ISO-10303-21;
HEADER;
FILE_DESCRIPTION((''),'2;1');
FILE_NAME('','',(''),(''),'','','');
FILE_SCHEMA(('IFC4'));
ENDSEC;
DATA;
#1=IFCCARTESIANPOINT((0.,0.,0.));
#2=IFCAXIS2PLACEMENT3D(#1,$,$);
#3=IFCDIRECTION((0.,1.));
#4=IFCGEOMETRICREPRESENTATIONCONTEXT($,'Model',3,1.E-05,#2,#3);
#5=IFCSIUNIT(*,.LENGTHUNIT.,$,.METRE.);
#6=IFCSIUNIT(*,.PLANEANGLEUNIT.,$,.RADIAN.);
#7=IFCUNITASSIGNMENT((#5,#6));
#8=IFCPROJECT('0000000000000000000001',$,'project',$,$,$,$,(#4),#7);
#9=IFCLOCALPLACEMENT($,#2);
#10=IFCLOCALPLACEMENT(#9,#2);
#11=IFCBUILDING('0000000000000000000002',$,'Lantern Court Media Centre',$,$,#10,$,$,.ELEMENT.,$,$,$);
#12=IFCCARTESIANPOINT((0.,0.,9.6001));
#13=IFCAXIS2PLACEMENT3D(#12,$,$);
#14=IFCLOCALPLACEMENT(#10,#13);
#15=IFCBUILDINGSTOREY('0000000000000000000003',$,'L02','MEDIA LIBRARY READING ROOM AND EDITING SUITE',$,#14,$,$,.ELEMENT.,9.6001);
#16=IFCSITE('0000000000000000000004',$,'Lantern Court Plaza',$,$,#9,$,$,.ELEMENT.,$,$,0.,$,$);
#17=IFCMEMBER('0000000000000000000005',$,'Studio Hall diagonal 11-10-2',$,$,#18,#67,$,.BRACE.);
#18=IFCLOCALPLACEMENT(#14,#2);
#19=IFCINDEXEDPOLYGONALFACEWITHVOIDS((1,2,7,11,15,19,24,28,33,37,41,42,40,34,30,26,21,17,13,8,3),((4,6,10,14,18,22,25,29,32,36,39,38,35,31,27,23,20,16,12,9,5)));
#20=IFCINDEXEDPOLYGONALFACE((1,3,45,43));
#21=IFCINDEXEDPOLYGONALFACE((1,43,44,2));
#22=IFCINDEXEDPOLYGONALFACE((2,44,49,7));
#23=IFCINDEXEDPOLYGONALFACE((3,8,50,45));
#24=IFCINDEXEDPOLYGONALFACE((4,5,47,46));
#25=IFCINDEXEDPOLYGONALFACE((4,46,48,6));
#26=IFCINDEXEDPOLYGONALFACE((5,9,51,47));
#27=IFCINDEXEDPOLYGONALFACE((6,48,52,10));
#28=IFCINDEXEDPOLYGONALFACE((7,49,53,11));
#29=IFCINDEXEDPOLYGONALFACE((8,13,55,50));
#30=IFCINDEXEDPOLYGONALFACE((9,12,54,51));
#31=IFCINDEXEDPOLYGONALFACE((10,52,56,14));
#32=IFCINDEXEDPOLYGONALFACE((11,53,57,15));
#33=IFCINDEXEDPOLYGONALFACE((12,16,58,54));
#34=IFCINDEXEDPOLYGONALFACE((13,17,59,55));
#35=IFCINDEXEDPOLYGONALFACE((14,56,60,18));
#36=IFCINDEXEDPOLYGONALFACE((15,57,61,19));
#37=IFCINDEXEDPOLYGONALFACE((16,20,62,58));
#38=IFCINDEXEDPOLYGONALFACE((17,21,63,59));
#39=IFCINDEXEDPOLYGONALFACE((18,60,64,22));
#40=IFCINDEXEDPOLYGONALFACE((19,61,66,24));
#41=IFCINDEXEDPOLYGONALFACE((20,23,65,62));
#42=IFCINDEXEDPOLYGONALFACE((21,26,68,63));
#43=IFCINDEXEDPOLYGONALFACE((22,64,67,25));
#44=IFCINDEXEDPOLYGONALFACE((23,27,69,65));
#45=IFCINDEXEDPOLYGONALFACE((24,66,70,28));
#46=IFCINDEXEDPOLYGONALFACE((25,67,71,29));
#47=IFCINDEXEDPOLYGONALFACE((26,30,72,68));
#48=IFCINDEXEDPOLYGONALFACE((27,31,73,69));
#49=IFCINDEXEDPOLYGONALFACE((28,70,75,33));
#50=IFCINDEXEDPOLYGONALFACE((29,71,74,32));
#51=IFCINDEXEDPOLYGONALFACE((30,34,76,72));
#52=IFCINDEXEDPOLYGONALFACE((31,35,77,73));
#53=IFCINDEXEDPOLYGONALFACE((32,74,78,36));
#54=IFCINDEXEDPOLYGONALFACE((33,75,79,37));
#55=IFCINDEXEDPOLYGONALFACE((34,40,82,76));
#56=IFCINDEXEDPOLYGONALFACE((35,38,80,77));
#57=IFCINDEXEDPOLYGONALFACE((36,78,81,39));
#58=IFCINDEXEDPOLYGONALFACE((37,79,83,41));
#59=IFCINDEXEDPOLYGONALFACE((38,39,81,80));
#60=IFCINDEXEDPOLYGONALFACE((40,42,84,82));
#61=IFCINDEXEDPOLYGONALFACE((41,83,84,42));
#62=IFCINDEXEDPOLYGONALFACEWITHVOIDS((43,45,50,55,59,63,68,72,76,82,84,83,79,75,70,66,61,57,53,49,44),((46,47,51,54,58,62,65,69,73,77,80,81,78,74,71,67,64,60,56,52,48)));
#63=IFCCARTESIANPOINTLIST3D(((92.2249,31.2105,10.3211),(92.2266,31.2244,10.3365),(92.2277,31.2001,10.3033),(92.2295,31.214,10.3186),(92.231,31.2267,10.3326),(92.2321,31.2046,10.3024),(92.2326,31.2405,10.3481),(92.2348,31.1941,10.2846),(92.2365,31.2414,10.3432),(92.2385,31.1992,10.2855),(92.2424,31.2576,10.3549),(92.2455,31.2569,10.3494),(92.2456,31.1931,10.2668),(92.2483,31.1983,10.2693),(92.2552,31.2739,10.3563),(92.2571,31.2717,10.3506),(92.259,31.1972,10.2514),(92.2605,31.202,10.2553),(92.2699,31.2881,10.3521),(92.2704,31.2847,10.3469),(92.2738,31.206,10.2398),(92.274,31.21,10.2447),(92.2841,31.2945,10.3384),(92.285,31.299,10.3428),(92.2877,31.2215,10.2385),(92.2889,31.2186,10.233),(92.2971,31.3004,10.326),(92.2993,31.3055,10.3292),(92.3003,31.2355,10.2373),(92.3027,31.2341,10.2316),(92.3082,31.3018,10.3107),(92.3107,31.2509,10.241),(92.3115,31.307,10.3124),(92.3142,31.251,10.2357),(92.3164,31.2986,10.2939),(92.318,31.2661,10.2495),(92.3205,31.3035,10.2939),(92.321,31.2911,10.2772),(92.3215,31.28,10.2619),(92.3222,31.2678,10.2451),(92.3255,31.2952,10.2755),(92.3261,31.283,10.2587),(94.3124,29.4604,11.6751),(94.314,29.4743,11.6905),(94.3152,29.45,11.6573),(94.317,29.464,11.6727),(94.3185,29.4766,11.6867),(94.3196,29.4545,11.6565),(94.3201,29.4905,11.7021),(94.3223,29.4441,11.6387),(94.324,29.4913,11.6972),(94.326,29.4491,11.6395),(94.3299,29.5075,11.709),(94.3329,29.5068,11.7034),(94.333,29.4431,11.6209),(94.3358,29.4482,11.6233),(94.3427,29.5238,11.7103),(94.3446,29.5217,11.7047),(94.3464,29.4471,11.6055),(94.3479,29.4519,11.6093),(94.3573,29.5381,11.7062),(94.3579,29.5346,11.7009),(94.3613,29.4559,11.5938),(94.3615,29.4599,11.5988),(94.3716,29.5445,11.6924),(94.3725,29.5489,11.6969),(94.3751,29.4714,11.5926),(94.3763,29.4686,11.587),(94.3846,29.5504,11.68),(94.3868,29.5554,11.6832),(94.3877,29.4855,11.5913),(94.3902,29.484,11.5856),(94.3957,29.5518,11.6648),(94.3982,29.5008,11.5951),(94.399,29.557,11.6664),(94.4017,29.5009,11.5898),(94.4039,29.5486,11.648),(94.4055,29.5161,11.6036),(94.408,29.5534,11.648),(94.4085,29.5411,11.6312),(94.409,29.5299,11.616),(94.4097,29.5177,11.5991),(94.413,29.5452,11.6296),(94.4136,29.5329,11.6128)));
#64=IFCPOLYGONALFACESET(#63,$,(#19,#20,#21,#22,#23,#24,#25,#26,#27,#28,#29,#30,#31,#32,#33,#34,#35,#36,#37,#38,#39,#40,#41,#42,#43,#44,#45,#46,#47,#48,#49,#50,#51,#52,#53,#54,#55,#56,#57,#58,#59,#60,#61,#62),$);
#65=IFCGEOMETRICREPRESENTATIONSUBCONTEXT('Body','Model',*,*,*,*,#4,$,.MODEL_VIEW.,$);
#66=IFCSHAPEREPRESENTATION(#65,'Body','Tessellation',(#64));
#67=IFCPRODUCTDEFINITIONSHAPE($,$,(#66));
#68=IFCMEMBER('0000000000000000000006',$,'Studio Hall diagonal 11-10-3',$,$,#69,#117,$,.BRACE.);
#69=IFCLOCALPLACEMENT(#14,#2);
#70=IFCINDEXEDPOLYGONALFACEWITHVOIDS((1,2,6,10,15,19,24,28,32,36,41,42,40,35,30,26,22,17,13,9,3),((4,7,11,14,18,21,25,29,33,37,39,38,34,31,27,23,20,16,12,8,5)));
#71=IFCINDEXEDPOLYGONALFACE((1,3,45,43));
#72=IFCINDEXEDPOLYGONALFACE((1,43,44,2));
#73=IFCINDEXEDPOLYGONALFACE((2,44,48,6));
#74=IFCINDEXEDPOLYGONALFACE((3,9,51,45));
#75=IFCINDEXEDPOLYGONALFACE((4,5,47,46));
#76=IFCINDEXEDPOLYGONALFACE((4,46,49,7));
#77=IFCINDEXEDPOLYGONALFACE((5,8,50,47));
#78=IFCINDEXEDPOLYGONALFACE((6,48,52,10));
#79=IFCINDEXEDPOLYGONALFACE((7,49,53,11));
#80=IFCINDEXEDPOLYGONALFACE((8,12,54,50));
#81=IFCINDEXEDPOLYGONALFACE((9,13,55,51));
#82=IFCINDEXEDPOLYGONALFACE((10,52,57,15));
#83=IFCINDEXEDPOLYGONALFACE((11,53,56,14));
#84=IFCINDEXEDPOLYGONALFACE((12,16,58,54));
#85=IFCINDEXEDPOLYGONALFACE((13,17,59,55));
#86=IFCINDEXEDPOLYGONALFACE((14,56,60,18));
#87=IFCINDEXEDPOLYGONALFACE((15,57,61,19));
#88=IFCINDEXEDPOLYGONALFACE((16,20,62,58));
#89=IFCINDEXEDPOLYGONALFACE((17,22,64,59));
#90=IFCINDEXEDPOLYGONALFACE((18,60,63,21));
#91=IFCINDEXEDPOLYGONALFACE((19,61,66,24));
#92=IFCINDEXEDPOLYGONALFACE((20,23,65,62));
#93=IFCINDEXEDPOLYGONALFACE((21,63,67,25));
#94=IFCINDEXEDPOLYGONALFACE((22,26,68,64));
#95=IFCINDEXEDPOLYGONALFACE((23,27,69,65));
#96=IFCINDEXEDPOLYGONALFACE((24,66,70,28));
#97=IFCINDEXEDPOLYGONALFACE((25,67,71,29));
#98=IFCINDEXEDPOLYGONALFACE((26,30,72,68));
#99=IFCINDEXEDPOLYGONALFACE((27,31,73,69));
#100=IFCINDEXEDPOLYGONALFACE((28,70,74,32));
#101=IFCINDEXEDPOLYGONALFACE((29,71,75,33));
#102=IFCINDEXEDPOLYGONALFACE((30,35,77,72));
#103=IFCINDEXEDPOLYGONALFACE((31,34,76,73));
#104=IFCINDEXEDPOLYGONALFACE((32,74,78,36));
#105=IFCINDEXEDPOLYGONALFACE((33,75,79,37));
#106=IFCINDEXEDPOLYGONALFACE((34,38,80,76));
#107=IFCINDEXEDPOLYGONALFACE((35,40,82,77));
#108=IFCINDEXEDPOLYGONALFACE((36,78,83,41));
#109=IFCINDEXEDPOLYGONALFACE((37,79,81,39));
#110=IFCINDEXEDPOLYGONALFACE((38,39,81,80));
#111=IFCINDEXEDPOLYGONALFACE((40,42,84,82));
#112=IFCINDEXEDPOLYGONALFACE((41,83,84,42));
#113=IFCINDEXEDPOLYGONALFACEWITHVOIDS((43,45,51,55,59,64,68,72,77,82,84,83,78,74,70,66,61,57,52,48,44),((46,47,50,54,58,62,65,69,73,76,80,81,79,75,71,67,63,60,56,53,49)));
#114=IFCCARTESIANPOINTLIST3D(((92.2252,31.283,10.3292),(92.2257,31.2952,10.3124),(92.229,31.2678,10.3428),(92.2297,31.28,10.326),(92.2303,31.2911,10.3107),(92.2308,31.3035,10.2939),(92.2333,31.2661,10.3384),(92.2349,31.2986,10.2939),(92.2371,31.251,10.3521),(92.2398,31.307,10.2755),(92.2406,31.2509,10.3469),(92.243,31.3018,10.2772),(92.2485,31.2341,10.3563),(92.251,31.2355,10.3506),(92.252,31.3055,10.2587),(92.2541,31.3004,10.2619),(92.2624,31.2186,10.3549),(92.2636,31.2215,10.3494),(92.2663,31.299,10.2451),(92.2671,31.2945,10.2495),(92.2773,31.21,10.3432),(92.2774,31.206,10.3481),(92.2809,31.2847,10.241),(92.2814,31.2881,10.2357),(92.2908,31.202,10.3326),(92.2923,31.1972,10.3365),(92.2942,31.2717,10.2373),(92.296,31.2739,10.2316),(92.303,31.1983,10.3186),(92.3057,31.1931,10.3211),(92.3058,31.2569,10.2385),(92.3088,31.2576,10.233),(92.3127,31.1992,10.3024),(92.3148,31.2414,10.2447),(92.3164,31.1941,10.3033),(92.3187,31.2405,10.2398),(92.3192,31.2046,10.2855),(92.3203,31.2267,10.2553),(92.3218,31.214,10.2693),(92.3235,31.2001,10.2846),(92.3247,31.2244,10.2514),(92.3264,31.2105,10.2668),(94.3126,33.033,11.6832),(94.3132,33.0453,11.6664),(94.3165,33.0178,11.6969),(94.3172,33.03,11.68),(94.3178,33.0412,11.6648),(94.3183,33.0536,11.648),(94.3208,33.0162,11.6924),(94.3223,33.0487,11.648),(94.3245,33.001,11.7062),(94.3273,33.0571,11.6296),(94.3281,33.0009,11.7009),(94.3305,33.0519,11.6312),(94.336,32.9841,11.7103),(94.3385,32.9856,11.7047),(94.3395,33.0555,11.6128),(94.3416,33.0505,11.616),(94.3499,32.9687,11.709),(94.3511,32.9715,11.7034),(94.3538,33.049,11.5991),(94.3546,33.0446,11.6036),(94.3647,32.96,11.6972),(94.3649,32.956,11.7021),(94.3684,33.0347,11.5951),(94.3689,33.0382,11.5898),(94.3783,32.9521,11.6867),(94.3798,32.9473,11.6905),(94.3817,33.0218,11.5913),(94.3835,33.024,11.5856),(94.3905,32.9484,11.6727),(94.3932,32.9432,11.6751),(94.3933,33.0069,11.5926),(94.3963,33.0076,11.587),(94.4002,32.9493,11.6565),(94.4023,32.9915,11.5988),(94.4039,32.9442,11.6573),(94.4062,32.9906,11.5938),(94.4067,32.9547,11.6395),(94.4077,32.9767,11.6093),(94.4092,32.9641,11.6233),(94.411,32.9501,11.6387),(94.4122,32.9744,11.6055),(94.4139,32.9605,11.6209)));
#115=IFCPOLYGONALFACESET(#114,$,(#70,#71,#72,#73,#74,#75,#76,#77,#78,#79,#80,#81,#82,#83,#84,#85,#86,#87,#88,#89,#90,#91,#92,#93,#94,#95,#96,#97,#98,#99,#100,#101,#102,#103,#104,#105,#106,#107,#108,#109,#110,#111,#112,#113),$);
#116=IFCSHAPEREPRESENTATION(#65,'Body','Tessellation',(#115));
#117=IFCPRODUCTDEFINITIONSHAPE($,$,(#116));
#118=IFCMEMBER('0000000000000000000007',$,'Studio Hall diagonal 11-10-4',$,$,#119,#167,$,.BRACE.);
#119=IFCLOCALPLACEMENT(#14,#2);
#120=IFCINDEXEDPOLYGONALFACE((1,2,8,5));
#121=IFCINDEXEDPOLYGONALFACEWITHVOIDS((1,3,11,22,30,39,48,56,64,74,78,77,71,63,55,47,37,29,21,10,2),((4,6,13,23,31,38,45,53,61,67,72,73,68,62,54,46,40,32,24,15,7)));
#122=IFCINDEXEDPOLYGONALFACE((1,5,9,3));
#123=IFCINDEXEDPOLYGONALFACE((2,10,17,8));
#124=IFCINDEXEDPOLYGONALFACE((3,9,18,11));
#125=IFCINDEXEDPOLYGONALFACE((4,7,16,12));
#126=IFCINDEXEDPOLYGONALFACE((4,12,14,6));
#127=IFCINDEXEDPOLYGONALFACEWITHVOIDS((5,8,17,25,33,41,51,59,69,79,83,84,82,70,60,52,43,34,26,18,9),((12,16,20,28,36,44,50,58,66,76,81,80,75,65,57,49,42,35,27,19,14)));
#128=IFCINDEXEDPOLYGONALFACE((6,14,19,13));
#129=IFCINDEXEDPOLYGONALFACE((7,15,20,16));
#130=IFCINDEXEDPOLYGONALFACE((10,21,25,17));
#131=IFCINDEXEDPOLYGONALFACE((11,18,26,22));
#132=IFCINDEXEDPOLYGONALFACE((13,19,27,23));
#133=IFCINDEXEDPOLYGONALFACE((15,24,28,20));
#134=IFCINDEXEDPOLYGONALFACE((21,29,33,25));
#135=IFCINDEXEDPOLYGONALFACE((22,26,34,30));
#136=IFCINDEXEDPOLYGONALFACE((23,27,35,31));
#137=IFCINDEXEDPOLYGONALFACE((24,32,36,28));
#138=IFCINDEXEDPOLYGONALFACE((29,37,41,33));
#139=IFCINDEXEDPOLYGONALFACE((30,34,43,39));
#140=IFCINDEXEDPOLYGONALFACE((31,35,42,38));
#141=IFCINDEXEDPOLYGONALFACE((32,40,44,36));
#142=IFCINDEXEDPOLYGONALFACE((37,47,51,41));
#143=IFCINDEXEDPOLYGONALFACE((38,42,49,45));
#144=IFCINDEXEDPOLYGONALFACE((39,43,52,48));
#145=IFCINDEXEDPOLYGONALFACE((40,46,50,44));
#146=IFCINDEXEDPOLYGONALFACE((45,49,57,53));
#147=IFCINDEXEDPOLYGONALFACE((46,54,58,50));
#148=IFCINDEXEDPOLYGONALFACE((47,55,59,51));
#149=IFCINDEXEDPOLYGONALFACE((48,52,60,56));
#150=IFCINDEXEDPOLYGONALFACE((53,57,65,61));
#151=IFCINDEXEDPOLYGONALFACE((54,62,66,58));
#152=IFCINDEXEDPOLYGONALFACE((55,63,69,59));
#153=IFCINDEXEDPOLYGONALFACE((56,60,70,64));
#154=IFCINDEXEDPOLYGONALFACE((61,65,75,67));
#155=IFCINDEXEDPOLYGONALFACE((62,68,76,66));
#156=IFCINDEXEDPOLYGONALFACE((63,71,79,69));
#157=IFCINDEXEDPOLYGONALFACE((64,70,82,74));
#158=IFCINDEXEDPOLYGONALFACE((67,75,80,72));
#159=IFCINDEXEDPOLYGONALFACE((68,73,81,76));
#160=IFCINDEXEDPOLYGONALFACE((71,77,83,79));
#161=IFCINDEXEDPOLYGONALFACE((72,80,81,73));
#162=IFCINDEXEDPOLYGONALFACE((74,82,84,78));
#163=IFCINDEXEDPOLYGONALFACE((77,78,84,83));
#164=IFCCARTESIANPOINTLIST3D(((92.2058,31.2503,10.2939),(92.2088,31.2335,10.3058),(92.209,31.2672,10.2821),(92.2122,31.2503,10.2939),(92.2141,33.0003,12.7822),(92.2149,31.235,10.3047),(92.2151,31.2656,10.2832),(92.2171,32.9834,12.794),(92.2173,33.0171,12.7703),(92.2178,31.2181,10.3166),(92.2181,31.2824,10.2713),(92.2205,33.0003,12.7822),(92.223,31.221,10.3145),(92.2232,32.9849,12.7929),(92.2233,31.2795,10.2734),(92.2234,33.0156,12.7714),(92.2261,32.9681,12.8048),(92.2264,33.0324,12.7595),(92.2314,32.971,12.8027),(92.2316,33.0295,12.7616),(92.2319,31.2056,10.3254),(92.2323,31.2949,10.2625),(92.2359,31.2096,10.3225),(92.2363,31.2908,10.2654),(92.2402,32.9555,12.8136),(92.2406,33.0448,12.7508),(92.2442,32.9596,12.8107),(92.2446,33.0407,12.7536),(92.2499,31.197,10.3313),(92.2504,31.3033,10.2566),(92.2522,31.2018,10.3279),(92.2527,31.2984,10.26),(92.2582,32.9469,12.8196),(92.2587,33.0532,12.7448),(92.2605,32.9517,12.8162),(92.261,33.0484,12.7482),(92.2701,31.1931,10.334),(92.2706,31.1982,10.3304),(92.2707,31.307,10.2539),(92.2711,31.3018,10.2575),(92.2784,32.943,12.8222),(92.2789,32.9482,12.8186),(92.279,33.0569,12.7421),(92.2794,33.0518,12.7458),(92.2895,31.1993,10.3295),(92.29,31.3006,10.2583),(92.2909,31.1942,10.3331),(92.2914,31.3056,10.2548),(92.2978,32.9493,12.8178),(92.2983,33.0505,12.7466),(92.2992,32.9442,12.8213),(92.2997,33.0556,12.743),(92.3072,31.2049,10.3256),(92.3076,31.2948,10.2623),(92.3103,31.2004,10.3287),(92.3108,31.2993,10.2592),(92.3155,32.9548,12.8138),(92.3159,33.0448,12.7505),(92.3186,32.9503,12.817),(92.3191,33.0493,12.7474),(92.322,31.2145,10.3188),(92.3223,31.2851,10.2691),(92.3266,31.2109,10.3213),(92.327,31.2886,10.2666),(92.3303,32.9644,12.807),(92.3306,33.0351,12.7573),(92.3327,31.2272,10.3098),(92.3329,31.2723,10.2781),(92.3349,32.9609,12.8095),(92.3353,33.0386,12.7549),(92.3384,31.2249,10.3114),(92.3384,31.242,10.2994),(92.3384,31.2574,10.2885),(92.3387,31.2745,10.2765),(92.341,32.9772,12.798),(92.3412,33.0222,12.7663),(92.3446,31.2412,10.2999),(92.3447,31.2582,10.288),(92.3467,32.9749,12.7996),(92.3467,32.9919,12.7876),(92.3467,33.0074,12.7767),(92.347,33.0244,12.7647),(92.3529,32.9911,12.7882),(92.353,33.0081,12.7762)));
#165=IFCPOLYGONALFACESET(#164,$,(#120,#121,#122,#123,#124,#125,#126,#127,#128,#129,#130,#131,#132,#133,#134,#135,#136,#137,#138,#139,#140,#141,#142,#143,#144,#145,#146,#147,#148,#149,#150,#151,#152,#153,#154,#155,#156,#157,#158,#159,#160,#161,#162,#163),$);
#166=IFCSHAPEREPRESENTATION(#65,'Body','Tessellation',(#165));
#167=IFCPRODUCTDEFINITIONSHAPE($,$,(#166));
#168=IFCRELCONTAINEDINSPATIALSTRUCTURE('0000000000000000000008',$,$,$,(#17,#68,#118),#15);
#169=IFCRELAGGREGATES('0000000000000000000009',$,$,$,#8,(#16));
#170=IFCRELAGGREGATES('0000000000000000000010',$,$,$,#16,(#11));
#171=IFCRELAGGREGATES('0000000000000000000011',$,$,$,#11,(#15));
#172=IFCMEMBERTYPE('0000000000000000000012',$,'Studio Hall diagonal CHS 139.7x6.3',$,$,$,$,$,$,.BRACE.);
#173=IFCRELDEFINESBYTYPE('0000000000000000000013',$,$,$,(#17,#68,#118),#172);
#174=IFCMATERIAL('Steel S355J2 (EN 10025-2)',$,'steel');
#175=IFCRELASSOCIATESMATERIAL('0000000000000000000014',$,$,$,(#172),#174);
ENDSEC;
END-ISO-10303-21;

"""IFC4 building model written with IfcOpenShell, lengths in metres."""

from ifc_helpers import new_model, si_unit, direction, frame, origin, origin_2d, place, context, subcontext, project, spatial, hollow_circle, extrude, material, material_profile, profile_set, type_object, element, save


model = new_model("IFC4")

# Units and contexts
model_context = context("Model", 3, precision=1e-05, world=origin(), true_north=direction((0.0, 1.0)))
body_context = subcontext(model_context, "Body", "Model", "MODEL_VIEW")
ifc_project = project(units=[si_unit("LENGTHUNIT", "METRE"), si_unit("PLANEANGLEUNIT", "RADIAN")], contexts=[model_context])

# Site, building, storey
site_placement = place(None, origin())
site = spatial("IfcSite", under=ifc_project, at=site_placement, Name="Lantern Court Plaza", CompositionType="ELEMENT", RefElevation=0.0)
building_placement = place(site_placement, origin())
building = spatial("IfcBuilding", under=site, at=building_placement, Name="Lantern Court Media Centre", CompositionType="ELEMENT")
storey_placement = place(building_placement, frame((0.0, 0.0, 9.6001)))
storey = spatial("IfcBuildingStorey", under=building, at=storey_placement, Name="L02", Description="MEDIA LIBRARY READING ROOM AND EDITING SUITE", CompositionType="ELEMENT", Elevation=9.6001)

# Members
ifc_material = material(Name="Steel S355J2 (EN 10025-2)", Category="steel")
ifc_material_profile_1 = material_profile(ifc_material, hollow_circle(Radius=0.0698, WallThickness=0.0063, at=origin_2d()), Name="Studio Hall diagonal CHS 139.7x6.3")
ifc_profile_set_1 = profile_set([ifc_material_profile_1], Name="Steel S355J2 (EN 10025-2)")
member_type_1 = type_object("IfcMemberType", Name="Studio Hall diagonal CHS 139.7x6.3", PredefinedType="BRACE", material=ifc_profile_set_1)
for number, where, z_axis, x_axis, name in (
    (1, (92.2756, 31.25, 10.2939), (0.68622, -0.575301, 0.44512), (0.642456, 0.766322, 0.0), "Studio Hall diagonal 11-10-2"),
    (2, (92.2756, 31.25, 10.2939), (0.68622, 0.575301, 0.44512), (-0.642456, 0.766322, 0.0), "Studio Hall diagonal 11-10-3"),
    (3, (92.2756, 31.25, 10.2939), (0.002729, 0.575269, 0.81796), (-0.999989, 0.004743, 0.0), "Studio Hall diagonal 11-10-4"),
):
    element("IfcMember", number, at=place(storey_placement, frame(where, z_axis=z_axis, x_axis=x_axis)), inside=storey, type_object=member_type_1, Name=name, PredefinedType="BRACE", context=body_context, shape_type="SweptSolid", body=[
        extrude(hollow_circle(Radius=0.0698, WallThickness=0.0063, at=origin_2d()), origin(), (0.0, 0.0, 1.0), 3.042),
    ])

save(model, "model.ifc")
